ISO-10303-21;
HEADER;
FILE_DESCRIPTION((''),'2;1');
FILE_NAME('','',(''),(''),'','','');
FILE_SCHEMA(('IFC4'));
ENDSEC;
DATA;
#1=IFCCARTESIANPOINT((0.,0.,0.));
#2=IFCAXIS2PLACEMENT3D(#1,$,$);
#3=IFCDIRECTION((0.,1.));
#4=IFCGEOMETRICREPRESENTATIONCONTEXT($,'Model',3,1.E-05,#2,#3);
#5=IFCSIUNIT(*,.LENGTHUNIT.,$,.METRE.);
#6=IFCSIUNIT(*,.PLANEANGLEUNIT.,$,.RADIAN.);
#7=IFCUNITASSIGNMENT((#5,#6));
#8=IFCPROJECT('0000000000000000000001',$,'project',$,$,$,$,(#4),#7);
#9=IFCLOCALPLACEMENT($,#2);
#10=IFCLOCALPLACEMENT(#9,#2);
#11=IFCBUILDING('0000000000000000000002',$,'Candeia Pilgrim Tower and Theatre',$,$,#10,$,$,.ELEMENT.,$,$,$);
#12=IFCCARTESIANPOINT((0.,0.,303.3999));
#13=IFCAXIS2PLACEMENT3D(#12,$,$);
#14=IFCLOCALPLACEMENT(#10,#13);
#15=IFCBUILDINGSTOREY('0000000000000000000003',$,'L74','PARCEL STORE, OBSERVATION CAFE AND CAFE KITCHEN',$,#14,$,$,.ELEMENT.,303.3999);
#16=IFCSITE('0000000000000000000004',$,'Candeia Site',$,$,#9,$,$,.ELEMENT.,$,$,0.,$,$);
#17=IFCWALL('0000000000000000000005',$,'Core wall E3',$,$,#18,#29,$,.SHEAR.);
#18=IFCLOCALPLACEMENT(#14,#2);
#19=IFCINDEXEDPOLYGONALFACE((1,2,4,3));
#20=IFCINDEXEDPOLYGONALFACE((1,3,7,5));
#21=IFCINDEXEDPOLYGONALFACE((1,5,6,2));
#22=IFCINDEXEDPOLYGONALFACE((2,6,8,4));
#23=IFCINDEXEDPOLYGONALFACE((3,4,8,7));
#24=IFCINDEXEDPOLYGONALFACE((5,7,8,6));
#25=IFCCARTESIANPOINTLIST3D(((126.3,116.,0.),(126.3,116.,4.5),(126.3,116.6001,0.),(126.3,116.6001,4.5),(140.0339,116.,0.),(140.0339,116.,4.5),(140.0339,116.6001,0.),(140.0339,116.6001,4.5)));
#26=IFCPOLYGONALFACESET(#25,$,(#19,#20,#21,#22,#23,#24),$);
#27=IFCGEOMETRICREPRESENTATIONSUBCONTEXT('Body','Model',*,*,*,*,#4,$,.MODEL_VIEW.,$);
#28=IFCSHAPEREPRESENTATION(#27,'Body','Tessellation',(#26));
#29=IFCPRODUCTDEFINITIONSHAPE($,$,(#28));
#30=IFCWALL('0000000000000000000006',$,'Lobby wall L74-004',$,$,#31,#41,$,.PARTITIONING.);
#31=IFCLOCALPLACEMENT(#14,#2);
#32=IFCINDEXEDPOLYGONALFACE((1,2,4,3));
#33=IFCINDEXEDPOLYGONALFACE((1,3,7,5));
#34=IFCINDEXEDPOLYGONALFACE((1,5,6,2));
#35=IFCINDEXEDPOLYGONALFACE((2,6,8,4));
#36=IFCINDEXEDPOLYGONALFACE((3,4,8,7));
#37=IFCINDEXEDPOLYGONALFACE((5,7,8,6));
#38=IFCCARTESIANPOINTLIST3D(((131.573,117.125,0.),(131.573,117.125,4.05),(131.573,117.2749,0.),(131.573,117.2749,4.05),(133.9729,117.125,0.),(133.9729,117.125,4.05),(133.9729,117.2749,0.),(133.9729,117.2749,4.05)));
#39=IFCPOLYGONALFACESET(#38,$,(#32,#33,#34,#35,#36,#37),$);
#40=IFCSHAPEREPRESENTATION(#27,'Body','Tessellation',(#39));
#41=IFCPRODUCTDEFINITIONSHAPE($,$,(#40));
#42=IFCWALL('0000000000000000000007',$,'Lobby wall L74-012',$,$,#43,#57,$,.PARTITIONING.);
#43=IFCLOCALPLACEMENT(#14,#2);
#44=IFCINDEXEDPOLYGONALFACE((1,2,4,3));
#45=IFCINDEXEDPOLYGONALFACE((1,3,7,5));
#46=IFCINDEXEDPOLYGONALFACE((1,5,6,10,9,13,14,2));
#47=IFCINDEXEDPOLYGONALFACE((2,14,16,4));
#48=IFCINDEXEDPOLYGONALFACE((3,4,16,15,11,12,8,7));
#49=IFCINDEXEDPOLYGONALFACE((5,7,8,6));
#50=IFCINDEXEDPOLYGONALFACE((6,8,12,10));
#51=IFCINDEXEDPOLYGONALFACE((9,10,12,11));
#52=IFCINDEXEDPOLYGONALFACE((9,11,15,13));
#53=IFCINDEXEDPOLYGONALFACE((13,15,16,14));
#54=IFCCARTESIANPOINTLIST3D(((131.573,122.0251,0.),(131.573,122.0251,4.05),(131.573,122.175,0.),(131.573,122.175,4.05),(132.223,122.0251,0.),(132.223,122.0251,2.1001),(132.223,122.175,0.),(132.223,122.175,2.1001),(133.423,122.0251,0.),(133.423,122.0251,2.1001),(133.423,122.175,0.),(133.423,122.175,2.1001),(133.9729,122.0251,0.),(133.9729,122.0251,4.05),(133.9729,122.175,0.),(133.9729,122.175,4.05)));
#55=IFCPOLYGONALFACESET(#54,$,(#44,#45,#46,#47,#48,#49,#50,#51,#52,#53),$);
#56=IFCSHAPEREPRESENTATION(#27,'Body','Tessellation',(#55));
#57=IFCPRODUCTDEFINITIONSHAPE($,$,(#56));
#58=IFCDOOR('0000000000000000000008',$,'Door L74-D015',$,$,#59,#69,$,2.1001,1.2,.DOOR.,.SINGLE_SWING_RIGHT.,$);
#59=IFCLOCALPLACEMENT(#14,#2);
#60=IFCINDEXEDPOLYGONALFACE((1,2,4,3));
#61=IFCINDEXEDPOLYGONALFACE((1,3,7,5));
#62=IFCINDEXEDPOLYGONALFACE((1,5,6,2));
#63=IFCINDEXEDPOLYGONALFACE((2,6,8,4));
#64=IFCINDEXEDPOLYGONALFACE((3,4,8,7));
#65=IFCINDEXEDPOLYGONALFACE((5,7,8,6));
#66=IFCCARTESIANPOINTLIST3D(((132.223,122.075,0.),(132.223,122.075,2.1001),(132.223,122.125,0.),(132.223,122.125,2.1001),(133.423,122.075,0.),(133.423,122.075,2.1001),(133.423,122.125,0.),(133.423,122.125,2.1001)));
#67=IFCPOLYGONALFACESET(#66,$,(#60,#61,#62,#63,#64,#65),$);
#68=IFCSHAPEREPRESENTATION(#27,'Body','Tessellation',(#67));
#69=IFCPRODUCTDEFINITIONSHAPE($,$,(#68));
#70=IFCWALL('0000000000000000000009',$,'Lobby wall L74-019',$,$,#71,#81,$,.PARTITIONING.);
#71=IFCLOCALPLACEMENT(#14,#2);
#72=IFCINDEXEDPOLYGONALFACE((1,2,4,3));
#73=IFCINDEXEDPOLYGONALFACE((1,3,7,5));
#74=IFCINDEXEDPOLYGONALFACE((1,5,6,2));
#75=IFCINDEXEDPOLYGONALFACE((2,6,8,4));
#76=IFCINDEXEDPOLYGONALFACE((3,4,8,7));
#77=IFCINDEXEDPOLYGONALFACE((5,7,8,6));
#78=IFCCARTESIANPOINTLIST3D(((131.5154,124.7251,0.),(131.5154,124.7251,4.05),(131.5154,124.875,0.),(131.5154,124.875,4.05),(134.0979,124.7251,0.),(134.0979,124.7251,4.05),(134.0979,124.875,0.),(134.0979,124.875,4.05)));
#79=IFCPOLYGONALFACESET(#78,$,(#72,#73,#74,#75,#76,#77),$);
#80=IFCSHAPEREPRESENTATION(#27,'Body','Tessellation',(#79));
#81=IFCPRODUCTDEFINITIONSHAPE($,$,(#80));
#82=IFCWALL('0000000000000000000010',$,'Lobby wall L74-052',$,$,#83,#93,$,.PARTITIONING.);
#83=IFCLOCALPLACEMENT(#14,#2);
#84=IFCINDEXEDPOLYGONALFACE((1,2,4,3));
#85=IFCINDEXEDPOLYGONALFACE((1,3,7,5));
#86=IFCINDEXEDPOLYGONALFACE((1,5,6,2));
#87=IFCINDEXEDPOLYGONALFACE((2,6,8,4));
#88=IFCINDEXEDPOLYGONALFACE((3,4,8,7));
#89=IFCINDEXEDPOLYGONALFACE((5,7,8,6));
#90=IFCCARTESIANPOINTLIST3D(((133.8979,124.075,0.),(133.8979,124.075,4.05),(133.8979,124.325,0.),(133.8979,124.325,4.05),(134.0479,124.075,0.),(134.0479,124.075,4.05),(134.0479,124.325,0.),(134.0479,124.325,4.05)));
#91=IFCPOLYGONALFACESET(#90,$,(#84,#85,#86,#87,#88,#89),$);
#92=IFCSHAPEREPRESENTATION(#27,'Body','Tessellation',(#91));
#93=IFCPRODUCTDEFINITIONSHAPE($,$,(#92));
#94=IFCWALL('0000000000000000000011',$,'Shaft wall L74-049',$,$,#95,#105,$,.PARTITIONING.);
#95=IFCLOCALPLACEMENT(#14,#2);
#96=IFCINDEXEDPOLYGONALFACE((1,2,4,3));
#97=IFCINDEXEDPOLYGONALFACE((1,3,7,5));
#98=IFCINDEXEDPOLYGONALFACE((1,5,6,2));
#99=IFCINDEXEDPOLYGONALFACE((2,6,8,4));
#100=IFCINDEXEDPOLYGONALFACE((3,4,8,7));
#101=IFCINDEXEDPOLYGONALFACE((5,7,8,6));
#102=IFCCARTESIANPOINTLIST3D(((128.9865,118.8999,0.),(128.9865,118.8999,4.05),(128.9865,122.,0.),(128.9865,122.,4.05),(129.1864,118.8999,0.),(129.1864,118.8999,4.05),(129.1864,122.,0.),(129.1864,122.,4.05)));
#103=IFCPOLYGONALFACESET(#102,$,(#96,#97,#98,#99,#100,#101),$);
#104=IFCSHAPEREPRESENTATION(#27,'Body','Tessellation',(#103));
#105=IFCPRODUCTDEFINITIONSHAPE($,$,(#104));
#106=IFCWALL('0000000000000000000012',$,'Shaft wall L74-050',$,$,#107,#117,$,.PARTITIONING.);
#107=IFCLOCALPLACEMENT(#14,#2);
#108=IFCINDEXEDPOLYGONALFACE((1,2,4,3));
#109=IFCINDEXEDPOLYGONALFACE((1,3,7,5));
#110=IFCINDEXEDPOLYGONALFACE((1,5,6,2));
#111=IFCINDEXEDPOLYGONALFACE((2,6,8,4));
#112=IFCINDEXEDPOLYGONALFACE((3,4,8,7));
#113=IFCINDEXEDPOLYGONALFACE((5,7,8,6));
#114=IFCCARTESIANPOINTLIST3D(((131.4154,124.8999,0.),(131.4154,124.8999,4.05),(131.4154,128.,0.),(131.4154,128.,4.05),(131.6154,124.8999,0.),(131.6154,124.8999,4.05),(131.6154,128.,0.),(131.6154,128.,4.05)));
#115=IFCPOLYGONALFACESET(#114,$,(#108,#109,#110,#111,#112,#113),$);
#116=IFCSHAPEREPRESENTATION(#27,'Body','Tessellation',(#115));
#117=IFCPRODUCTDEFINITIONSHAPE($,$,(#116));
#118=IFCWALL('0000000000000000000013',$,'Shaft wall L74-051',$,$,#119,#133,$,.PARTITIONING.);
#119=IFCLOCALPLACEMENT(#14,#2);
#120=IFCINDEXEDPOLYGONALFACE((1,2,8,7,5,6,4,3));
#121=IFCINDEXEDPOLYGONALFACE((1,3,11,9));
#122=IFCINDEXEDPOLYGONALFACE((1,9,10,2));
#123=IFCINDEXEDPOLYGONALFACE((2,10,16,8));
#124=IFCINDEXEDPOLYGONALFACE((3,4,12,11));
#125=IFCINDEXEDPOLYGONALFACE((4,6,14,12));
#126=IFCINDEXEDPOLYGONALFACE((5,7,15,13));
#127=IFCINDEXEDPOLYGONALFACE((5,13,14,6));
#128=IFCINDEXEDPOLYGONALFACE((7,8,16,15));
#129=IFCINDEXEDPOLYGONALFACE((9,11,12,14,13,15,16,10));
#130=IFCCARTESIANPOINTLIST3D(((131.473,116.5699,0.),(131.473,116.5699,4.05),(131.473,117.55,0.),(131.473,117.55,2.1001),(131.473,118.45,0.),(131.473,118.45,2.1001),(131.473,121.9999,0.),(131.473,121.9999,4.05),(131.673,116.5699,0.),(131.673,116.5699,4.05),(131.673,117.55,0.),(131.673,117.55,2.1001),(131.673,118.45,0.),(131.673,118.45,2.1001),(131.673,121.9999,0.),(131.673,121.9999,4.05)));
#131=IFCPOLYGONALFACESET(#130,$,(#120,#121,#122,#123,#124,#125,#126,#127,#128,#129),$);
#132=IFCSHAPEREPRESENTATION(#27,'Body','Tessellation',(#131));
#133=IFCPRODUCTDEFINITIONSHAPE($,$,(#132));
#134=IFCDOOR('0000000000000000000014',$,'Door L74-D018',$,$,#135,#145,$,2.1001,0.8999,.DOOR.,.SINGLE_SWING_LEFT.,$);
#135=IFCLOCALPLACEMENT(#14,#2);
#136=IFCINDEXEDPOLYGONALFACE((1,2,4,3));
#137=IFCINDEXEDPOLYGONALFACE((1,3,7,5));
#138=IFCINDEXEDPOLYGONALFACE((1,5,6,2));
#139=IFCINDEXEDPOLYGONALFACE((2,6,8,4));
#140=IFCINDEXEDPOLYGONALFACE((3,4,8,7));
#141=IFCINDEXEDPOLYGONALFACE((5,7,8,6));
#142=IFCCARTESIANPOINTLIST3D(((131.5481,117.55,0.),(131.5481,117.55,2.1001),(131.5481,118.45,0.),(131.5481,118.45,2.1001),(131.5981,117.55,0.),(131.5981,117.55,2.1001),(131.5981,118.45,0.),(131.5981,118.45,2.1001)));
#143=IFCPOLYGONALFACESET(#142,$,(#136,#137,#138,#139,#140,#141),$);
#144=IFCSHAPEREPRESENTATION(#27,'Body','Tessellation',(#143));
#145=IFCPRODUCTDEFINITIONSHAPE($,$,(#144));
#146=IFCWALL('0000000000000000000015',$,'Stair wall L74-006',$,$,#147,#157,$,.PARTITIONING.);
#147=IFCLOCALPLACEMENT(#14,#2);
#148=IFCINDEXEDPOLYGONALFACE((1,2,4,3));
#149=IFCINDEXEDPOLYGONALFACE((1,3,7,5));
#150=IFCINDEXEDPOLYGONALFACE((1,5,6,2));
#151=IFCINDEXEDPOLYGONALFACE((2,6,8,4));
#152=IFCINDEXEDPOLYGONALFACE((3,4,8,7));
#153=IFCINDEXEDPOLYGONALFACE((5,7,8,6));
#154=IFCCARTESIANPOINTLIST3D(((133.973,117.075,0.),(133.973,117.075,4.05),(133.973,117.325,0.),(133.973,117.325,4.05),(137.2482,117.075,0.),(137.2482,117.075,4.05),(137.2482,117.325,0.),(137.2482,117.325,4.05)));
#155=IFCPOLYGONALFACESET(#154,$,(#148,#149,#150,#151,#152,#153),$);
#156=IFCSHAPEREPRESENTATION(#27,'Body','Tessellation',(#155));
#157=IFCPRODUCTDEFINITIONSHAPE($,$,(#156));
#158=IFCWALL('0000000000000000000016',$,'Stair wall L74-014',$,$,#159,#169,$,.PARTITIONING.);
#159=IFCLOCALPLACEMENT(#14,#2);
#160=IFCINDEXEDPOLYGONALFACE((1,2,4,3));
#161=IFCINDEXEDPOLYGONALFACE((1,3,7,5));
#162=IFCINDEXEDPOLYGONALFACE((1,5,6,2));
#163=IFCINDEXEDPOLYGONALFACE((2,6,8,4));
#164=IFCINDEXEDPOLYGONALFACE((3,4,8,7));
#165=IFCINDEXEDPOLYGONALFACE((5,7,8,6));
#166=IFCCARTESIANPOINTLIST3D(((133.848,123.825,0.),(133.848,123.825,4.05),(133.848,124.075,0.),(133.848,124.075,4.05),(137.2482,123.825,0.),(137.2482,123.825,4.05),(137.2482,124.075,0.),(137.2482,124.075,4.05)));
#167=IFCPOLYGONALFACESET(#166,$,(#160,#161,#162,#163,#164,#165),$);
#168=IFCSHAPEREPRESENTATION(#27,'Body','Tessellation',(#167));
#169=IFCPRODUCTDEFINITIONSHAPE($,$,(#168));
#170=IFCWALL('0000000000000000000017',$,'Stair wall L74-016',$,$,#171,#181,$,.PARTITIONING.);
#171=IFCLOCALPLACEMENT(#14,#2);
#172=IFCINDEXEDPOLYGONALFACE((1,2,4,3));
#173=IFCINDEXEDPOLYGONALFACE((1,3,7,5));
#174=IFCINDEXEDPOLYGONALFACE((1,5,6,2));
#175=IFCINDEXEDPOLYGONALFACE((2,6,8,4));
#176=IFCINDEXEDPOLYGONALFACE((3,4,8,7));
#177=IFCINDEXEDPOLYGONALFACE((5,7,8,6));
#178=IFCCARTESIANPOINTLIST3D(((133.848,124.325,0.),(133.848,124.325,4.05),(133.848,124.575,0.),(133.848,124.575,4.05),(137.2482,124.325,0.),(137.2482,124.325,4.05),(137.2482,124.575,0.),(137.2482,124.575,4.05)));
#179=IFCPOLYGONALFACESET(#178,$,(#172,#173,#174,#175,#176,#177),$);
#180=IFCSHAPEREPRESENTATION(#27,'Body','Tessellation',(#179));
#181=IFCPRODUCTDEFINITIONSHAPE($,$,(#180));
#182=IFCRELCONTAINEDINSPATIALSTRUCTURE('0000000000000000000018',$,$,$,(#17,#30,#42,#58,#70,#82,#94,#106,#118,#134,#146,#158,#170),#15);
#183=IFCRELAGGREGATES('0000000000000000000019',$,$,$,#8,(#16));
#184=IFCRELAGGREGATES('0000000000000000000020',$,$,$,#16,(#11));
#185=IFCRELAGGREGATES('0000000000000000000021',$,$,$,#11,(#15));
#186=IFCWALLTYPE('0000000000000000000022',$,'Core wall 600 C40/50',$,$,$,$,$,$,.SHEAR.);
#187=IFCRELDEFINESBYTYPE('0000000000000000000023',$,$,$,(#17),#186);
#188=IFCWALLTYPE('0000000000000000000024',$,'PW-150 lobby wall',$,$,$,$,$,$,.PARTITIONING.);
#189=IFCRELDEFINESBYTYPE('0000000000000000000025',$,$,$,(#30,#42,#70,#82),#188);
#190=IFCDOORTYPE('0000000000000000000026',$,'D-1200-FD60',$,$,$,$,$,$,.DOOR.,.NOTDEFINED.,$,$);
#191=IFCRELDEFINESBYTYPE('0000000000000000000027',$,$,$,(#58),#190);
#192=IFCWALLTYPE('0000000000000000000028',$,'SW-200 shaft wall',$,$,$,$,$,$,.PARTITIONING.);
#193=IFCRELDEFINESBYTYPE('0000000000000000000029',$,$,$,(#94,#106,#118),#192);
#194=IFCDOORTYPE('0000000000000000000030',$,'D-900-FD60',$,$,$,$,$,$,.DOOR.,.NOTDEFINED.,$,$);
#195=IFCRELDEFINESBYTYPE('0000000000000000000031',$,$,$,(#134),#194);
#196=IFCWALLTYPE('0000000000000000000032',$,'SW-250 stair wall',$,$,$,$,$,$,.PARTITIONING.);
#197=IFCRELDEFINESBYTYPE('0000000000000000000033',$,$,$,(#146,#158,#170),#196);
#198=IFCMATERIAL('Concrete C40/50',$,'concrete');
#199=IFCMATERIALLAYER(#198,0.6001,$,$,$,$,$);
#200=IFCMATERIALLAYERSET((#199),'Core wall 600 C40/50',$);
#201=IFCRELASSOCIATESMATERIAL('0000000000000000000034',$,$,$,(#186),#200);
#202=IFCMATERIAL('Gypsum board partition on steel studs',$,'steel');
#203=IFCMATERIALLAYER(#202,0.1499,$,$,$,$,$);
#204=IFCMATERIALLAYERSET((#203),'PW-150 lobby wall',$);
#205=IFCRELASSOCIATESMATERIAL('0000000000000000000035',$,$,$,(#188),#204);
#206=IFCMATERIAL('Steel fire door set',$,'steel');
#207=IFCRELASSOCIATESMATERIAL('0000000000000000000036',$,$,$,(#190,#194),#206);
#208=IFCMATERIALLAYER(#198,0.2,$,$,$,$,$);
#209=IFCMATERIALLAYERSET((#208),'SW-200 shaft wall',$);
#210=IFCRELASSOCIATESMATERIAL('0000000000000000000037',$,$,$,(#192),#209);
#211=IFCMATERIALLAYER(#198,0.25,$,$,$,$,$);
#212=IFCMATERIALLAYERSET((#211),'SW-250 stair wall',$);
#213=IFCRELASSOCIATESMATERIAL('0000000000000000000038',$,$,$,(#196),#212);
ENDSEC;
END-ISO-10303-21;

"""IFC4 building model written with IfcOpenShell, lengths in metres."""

from ifc_helpers import new_model, si_unit, direction, frame, frame_2d, origin, place, context, subcontext, project, spatial, rectangle, extrude, material, layer, layer_set, type_object, element, fill, save


model = new_model("IFC4")

# Units and contexts
model_context = context("Model", 3, precision=1e-05, world=origin(), true_north=direction((0.0, 1.0)))
body_context = subcontext(model_context, "Body", "Model", "MODEL_VIEW")
ifc_project = project(units=[si_unit("LENGTHUNIT", "METRE"), si_unit("PLANEANGLEUNIT", "RADIAN")], contexts=[model_context])

# Site, building, storey
site_placement = place(None, origin())
site = spatial("IfcSite", under=ifc_project, at=site_placement, Name="Candeia Site", CompositionType="ELEMENT", RefElevation=0.0)
building_placement = place(site_placement, origin())
building = spatial("IfcBuilding", under=site, at=building_placement, Name="Candeia Pilgrim Tower and Theatre", CompositionType="ELEMENT")
storey_placement = place(building_placement, frame((0.0, 0.0, 303.3999)))
storey = spatial("IfcBuildingStorey", under=building, at=storey_placement, Name="L74", Description="PARCEL STORE, OBSERVATION CAFE AND CAFE KITCHEN", CompositionType="ELEMENT", Elevation=303.3999)

# Walls
ifc_material_1 = material(Name="Concrete C40/50", Category="concrete")
ifc_layer_1 = layer(ifc_material_1, 0.6001)
ifc_layer_set_1 = layer_set([ifc_layer_1], Name="Core wall 600 C40/50")
wall_type_1 = type_object("IfcWallType", Name="Core wall 600 C40/50", PredefinedType="SHEAR", material=ifc_layer_set_1)
wall_1_placement = place(storey_placement, frame((140.0339, 116.3, 0.0), z_axis=(0.0, 0.0, 1.0), x_axis=(-1.0, 0.0, 0.0)))
element("IfcWall", 1, at=wall_1_placement, inside=storey, type_object=wall_type_1, Name="Core wall E3", PredefinedType="SHEAR", context=body_context, shape_type="SweptSolid", body=[
    extrude(rectangle(XDim=13.7339, YDim=0.6001, at=frame_2d((6.8669, 0.0))), origin(), (0.0, 0.0, 1.0), 4.5),
])
ifc_material_2 = material(Name="Gypsum board partition on steel studs", Category="steel")
ifc_layer_2 = layer(ifc_material_2, 0.1499)
ifc_layer_set_2 = layer_set([ifc_layer_2], Name="PW-150 lobby wall")
wall_type_2 = type_object("IfcWallType", Name="PW-150 lobby wall", PredefinedType="PARTITIONING", material=ifc_layer_set_2)
wall_2_placement = place(storey_placement, frame((131.573, 117.2, 0.0), z_axis=(0.0, 0.0, 1.0), x_axis=(1.0, 0.0, 0.0)))
element("IfcWall", 2, at=wall_2_placement, inside=storey, type_object=wall_type_2, Name="Lobby wall L74-004", PredefinedType="PARTITIONING", context=body_context, shape_type="SweptSolid", body=[
    extrude(rectangle(XDim=2.3999, YDim=0.1499, at=frame_2d((1.2, 0.0))), origin(), (0.0, 0.0, 1.0), 4.05),
])

# Wall, opening, door
wall_3_placement = place(storey_placement, frame((131.573, 122.1001, 0.0), z_axis=(0.0, 0.0, 1.0), x_axis=(1.0, 0.0, 0.0)))
wall_3 = element("IfcWall", 3, at=wall_3_placement, inside=storey, type_object=wall_type_2, Name="Lobby wall L74-012", PredefinedType="PARTITIONING", context=body_context, shape_type="SweptSolid", body=[
    extrude(rectangle(XDim=2.3999, YDim=0.1499, at=frame_2d((1.2, 0.0))), origin(), (0.0, 0.0, 1.0), 4.05),
])
opening_1_placement = place(wall_3_placement, frame((0.6499, 0.0, 0.0)))
opening_1 = element("IfcOpeningElement", 4, at=opening_1_placement, cuts=wall_3, PredefinedType="OPENING", context=body_context, shape_type="SweptSolid", body=[
    extrude(rectangle(XDim=1.2, YDim=2.1001, at=frame_2d((0.6001, 1.05))), frame((0.0, 0.085, 0.0), z_axis=(0.0, -1.0, 0.0), x_axis=(1.0, 0.0, 0.0)), (0.0, 0.0, 1.0), 0.1699),
])
ifc_material_3 = material(Name="Steel fire door set", Category="steel")
door_type_1 = type_object("IfcDoorType", Name="D-1200-FD60", OperationType="NOTDEFINED", PredefinedType="DOOR", material=ifc_material_3)
door_1_placement = place(opening_1_placement, origin())
door_1 = element("IfcDoor", 5, at=door_1_placement, inside=storey, type_object=door_type_1, Name="Door L74-D015", OperationType="SINGLE_SWING_RIGHT", OverallHeight=2.1001, OverallWidth=1.2, PredefinedType="DOOR", context=body_context, shape_type="SweptSolid", body=[
    extrude(rectangle(XDim=1.2, YDim=2.1001, at=frame_2d((0.6001, 1.05))), frame((0.0, 0.0249, 0.0), z_axis=(0.0, -1.0, 0.0), x_axis=(1.0, 0.0, 0.0)), (0.0, 0.0, 1.0), 0.05),
])
fill(opening_1, door_1)

# Walls
wall_4_placement = place(storey_placement, frame((131.5154, 124.8, 0.0), z_axis=(0.0, 0.0, 1.0), x_axis=(1.0, 0.0, 0.0)))
element("IfcWall", 6, at=wall_4_placement, inside=storey, type_object=wall_type_2, Name="Lobby wall L74-019", PredefinedType="PARTITIONING", context=body_context, shape_type="SweptSolid", body=[
    extrude(rectangle(XDim=2.5825, YDim=0.1499, at=frame_2d((1.2913, 0.0))), origin(), (0.0, 0.0, 1.0), 4.05),
])
wall_5_placement = place(storey_placement, frame((133.9729, 124.075, 0.0), z_axis=(0.0, 0.0, 1.0), x_axis=(0.0, 1.0, 0.0)))
element("IfcWall", 7, at=wall_5_placement, inside=storey, type_object=wall_type_2, Name="Lobby wall L74-052", PredefinedType="PARTITIONING", context=body_context, shape_type="SweptSolid", body=[
    extrude(rectangle(XDim=0.25, YDim=0.1499, at=frame_2d((0.125, 0.0))), origin(), (0.0, 0.0, 1.0), 4.05),
])
ifc_layer_3 = layer(ifc_material_1, 0.2)
ifc_layer_set_3 = layer_set([ifc_layer_3], Name="SW-200 shaft wall")
wall_type_3 = type_object("IfcWallType", Name="SW-200 shaft wall", PredefinedType="PARTITIONING", material=ifc_layer_set_3)
for number, where, z_axis, x_axis, name in (
    (8, (129.0864, 118.8999, 0.0), (0.0, 0.0, 1.0), (0.0, 1.0, 0.0), "Shaft wall L74-049"),
    (9, (131.5154, 124.8999, 0.0), (0.0, 0.0, 1.0), (0.0, 1.0, 0.0), "Shaft wall L74-050"),
):
    element("IfcWall", number, at=place(storey_placement, frame(where, z_axis=z_axis, x_axis=x_axis)), inside=storey, type_object=wall_type_3, Name=name, PredefinedType="PARTITIONING", context=body_context, shape_type="SweptSolid", body=[
        extrude(rectangle(XDim=3.1001, YDim=0.2, at=frame_2d((1.55, 0.0))), origin(), (0.0, 0.0, 1.0), 4.05),
    ])

# Wall, opening, door
wall_6_placement = place(storey_placement, frame((131.573, 116.5701, 0.0), z_axis=(0.0, 0.0, 1.0), x_axis=(0.0, 1.0, 0.0)))
wall_6 = element("IfcWall", 10, at=wall_6_placement, inside=storey, type_object=wall_type_3, Name="Shaft wall L74-051", PredefinedType="PARTITIONING", context=body_context, shape_type="SweptSolid", body=[
    extrude(rectangle(XDim=5.4299, YDim=0.2, at=frame_2d((2.7148, 0.0))), origin(), (0.0, 0.0, 1.0), 4.05),
])
opening_2_placement = place(wall_6_placement, frame((0.98, 0.0, 0.0)))
opening_2 = element("IfcOpeningElement", 11, at=opening_2_placement, cuts=wall_6, PredefinedType="OPENING", context=body_context, shape_type="SweptSolid", body=[
    extrude(rectangle(XDim=0.8999, YDim=2.1001, at=frame_2d((0.45, 1.05))), frame((0.0, 0.1099, 0.0), z_axis=(0.0, -1.0, 0.0), x_axis=(1.0, 0.0, 0.0)), (0.0, 0.0, 1.0), 0.22),
])
door_type_2 = type_object("IfcDoorType", Name="D-900-FD60", OperationType="NOTDEFINED", PredefinedType="DOOR", material=ifc_material_3)
door_2_placement = place(opening_2_placement, origin())
door_2 = element("IfcDoor", 12, at=door_2_placement, inside=storey, type_object=door_type_2, Name="Door L74-D018", OperationType="SINGLE_SWING_LEFT", OverallHeight=2.1001, OverallWidth=0.8999, PredefinedType="DOOR", context=body_context, shape_type="SweptSolid", body=[
    extrude(rectangle(XDim=0.8999, YDim=2.1001, at=frame_2d((0.45, 1.05))), frame((0.0, 0.0249, 0.0), z_axis=(0.0, -1.0, 0.0), x_axis=(1.0, 0.0, 0.0)), (0.0, 0.0, 1.0), 0.05),
])
fill(opening_2, door_2)

# Walls
ifc_layer_4 = layer(ifc_material_1, 0.25)
ifc_layer_set_4 = layer_set([ifc_layer_4], Name="SW-250 stair wall")
wall_type_4 = type_object("IfcWallType", Name="SW-250 stair wall", PredefinedType="PARTITIONING", material=ifc_layer_set_4)
wall_7_placement = place(storey_placement, frame((133.9729, 117.2, 0.0), z_axis=(0.0, 0.0, 1.0), x_axis=(1.0, 0.0, 0.0)))
element("IfcWall", 13, at=wall_7_placement, inside=storey, type_object=wall_type_4, Name="Stair wall L74-006", PredefinedType="PARTITIONING", context=body_context, shape_type="SweptSolid", body=[
    extrude(rectangle(XDim=3.2751, YDim=0.25, at=frame_2d((1.6377, 0.0))), origin(), (0.0, 0.0, 1.0), 4.05),
])
for number, where, z_axis, x_axis, name in (
    (14, (133.8479, 123.95, 0.0), (0.0, 0.0, 1.0), (1.0, 0.0, 0.0), "Stair wall L74-014"),
    (15, (133.8479, 124.45, 0.0), (0.0, 0.0, 1.0), (1.0, 0.0, 0.0), "Stair wall L74-016"),
):
    element("IfcWall", number, at=place(storey_placement, frame(where, z_axis=z_axis, x_axis=x_axis)), inside=storey, type_object=wall_type_4, Name=name, PredefinedType="PARTITIONING", context=body_context, shape_type="SweptSolid", body=[
        extrude(rectangle(XDim=3.4001, YDim=0.25, at=frame_2d((1.7002, 0.0))), origin(), (0.0, 0.0, 1.0), 4.05),
    ])

save(model, "model.ifc")
